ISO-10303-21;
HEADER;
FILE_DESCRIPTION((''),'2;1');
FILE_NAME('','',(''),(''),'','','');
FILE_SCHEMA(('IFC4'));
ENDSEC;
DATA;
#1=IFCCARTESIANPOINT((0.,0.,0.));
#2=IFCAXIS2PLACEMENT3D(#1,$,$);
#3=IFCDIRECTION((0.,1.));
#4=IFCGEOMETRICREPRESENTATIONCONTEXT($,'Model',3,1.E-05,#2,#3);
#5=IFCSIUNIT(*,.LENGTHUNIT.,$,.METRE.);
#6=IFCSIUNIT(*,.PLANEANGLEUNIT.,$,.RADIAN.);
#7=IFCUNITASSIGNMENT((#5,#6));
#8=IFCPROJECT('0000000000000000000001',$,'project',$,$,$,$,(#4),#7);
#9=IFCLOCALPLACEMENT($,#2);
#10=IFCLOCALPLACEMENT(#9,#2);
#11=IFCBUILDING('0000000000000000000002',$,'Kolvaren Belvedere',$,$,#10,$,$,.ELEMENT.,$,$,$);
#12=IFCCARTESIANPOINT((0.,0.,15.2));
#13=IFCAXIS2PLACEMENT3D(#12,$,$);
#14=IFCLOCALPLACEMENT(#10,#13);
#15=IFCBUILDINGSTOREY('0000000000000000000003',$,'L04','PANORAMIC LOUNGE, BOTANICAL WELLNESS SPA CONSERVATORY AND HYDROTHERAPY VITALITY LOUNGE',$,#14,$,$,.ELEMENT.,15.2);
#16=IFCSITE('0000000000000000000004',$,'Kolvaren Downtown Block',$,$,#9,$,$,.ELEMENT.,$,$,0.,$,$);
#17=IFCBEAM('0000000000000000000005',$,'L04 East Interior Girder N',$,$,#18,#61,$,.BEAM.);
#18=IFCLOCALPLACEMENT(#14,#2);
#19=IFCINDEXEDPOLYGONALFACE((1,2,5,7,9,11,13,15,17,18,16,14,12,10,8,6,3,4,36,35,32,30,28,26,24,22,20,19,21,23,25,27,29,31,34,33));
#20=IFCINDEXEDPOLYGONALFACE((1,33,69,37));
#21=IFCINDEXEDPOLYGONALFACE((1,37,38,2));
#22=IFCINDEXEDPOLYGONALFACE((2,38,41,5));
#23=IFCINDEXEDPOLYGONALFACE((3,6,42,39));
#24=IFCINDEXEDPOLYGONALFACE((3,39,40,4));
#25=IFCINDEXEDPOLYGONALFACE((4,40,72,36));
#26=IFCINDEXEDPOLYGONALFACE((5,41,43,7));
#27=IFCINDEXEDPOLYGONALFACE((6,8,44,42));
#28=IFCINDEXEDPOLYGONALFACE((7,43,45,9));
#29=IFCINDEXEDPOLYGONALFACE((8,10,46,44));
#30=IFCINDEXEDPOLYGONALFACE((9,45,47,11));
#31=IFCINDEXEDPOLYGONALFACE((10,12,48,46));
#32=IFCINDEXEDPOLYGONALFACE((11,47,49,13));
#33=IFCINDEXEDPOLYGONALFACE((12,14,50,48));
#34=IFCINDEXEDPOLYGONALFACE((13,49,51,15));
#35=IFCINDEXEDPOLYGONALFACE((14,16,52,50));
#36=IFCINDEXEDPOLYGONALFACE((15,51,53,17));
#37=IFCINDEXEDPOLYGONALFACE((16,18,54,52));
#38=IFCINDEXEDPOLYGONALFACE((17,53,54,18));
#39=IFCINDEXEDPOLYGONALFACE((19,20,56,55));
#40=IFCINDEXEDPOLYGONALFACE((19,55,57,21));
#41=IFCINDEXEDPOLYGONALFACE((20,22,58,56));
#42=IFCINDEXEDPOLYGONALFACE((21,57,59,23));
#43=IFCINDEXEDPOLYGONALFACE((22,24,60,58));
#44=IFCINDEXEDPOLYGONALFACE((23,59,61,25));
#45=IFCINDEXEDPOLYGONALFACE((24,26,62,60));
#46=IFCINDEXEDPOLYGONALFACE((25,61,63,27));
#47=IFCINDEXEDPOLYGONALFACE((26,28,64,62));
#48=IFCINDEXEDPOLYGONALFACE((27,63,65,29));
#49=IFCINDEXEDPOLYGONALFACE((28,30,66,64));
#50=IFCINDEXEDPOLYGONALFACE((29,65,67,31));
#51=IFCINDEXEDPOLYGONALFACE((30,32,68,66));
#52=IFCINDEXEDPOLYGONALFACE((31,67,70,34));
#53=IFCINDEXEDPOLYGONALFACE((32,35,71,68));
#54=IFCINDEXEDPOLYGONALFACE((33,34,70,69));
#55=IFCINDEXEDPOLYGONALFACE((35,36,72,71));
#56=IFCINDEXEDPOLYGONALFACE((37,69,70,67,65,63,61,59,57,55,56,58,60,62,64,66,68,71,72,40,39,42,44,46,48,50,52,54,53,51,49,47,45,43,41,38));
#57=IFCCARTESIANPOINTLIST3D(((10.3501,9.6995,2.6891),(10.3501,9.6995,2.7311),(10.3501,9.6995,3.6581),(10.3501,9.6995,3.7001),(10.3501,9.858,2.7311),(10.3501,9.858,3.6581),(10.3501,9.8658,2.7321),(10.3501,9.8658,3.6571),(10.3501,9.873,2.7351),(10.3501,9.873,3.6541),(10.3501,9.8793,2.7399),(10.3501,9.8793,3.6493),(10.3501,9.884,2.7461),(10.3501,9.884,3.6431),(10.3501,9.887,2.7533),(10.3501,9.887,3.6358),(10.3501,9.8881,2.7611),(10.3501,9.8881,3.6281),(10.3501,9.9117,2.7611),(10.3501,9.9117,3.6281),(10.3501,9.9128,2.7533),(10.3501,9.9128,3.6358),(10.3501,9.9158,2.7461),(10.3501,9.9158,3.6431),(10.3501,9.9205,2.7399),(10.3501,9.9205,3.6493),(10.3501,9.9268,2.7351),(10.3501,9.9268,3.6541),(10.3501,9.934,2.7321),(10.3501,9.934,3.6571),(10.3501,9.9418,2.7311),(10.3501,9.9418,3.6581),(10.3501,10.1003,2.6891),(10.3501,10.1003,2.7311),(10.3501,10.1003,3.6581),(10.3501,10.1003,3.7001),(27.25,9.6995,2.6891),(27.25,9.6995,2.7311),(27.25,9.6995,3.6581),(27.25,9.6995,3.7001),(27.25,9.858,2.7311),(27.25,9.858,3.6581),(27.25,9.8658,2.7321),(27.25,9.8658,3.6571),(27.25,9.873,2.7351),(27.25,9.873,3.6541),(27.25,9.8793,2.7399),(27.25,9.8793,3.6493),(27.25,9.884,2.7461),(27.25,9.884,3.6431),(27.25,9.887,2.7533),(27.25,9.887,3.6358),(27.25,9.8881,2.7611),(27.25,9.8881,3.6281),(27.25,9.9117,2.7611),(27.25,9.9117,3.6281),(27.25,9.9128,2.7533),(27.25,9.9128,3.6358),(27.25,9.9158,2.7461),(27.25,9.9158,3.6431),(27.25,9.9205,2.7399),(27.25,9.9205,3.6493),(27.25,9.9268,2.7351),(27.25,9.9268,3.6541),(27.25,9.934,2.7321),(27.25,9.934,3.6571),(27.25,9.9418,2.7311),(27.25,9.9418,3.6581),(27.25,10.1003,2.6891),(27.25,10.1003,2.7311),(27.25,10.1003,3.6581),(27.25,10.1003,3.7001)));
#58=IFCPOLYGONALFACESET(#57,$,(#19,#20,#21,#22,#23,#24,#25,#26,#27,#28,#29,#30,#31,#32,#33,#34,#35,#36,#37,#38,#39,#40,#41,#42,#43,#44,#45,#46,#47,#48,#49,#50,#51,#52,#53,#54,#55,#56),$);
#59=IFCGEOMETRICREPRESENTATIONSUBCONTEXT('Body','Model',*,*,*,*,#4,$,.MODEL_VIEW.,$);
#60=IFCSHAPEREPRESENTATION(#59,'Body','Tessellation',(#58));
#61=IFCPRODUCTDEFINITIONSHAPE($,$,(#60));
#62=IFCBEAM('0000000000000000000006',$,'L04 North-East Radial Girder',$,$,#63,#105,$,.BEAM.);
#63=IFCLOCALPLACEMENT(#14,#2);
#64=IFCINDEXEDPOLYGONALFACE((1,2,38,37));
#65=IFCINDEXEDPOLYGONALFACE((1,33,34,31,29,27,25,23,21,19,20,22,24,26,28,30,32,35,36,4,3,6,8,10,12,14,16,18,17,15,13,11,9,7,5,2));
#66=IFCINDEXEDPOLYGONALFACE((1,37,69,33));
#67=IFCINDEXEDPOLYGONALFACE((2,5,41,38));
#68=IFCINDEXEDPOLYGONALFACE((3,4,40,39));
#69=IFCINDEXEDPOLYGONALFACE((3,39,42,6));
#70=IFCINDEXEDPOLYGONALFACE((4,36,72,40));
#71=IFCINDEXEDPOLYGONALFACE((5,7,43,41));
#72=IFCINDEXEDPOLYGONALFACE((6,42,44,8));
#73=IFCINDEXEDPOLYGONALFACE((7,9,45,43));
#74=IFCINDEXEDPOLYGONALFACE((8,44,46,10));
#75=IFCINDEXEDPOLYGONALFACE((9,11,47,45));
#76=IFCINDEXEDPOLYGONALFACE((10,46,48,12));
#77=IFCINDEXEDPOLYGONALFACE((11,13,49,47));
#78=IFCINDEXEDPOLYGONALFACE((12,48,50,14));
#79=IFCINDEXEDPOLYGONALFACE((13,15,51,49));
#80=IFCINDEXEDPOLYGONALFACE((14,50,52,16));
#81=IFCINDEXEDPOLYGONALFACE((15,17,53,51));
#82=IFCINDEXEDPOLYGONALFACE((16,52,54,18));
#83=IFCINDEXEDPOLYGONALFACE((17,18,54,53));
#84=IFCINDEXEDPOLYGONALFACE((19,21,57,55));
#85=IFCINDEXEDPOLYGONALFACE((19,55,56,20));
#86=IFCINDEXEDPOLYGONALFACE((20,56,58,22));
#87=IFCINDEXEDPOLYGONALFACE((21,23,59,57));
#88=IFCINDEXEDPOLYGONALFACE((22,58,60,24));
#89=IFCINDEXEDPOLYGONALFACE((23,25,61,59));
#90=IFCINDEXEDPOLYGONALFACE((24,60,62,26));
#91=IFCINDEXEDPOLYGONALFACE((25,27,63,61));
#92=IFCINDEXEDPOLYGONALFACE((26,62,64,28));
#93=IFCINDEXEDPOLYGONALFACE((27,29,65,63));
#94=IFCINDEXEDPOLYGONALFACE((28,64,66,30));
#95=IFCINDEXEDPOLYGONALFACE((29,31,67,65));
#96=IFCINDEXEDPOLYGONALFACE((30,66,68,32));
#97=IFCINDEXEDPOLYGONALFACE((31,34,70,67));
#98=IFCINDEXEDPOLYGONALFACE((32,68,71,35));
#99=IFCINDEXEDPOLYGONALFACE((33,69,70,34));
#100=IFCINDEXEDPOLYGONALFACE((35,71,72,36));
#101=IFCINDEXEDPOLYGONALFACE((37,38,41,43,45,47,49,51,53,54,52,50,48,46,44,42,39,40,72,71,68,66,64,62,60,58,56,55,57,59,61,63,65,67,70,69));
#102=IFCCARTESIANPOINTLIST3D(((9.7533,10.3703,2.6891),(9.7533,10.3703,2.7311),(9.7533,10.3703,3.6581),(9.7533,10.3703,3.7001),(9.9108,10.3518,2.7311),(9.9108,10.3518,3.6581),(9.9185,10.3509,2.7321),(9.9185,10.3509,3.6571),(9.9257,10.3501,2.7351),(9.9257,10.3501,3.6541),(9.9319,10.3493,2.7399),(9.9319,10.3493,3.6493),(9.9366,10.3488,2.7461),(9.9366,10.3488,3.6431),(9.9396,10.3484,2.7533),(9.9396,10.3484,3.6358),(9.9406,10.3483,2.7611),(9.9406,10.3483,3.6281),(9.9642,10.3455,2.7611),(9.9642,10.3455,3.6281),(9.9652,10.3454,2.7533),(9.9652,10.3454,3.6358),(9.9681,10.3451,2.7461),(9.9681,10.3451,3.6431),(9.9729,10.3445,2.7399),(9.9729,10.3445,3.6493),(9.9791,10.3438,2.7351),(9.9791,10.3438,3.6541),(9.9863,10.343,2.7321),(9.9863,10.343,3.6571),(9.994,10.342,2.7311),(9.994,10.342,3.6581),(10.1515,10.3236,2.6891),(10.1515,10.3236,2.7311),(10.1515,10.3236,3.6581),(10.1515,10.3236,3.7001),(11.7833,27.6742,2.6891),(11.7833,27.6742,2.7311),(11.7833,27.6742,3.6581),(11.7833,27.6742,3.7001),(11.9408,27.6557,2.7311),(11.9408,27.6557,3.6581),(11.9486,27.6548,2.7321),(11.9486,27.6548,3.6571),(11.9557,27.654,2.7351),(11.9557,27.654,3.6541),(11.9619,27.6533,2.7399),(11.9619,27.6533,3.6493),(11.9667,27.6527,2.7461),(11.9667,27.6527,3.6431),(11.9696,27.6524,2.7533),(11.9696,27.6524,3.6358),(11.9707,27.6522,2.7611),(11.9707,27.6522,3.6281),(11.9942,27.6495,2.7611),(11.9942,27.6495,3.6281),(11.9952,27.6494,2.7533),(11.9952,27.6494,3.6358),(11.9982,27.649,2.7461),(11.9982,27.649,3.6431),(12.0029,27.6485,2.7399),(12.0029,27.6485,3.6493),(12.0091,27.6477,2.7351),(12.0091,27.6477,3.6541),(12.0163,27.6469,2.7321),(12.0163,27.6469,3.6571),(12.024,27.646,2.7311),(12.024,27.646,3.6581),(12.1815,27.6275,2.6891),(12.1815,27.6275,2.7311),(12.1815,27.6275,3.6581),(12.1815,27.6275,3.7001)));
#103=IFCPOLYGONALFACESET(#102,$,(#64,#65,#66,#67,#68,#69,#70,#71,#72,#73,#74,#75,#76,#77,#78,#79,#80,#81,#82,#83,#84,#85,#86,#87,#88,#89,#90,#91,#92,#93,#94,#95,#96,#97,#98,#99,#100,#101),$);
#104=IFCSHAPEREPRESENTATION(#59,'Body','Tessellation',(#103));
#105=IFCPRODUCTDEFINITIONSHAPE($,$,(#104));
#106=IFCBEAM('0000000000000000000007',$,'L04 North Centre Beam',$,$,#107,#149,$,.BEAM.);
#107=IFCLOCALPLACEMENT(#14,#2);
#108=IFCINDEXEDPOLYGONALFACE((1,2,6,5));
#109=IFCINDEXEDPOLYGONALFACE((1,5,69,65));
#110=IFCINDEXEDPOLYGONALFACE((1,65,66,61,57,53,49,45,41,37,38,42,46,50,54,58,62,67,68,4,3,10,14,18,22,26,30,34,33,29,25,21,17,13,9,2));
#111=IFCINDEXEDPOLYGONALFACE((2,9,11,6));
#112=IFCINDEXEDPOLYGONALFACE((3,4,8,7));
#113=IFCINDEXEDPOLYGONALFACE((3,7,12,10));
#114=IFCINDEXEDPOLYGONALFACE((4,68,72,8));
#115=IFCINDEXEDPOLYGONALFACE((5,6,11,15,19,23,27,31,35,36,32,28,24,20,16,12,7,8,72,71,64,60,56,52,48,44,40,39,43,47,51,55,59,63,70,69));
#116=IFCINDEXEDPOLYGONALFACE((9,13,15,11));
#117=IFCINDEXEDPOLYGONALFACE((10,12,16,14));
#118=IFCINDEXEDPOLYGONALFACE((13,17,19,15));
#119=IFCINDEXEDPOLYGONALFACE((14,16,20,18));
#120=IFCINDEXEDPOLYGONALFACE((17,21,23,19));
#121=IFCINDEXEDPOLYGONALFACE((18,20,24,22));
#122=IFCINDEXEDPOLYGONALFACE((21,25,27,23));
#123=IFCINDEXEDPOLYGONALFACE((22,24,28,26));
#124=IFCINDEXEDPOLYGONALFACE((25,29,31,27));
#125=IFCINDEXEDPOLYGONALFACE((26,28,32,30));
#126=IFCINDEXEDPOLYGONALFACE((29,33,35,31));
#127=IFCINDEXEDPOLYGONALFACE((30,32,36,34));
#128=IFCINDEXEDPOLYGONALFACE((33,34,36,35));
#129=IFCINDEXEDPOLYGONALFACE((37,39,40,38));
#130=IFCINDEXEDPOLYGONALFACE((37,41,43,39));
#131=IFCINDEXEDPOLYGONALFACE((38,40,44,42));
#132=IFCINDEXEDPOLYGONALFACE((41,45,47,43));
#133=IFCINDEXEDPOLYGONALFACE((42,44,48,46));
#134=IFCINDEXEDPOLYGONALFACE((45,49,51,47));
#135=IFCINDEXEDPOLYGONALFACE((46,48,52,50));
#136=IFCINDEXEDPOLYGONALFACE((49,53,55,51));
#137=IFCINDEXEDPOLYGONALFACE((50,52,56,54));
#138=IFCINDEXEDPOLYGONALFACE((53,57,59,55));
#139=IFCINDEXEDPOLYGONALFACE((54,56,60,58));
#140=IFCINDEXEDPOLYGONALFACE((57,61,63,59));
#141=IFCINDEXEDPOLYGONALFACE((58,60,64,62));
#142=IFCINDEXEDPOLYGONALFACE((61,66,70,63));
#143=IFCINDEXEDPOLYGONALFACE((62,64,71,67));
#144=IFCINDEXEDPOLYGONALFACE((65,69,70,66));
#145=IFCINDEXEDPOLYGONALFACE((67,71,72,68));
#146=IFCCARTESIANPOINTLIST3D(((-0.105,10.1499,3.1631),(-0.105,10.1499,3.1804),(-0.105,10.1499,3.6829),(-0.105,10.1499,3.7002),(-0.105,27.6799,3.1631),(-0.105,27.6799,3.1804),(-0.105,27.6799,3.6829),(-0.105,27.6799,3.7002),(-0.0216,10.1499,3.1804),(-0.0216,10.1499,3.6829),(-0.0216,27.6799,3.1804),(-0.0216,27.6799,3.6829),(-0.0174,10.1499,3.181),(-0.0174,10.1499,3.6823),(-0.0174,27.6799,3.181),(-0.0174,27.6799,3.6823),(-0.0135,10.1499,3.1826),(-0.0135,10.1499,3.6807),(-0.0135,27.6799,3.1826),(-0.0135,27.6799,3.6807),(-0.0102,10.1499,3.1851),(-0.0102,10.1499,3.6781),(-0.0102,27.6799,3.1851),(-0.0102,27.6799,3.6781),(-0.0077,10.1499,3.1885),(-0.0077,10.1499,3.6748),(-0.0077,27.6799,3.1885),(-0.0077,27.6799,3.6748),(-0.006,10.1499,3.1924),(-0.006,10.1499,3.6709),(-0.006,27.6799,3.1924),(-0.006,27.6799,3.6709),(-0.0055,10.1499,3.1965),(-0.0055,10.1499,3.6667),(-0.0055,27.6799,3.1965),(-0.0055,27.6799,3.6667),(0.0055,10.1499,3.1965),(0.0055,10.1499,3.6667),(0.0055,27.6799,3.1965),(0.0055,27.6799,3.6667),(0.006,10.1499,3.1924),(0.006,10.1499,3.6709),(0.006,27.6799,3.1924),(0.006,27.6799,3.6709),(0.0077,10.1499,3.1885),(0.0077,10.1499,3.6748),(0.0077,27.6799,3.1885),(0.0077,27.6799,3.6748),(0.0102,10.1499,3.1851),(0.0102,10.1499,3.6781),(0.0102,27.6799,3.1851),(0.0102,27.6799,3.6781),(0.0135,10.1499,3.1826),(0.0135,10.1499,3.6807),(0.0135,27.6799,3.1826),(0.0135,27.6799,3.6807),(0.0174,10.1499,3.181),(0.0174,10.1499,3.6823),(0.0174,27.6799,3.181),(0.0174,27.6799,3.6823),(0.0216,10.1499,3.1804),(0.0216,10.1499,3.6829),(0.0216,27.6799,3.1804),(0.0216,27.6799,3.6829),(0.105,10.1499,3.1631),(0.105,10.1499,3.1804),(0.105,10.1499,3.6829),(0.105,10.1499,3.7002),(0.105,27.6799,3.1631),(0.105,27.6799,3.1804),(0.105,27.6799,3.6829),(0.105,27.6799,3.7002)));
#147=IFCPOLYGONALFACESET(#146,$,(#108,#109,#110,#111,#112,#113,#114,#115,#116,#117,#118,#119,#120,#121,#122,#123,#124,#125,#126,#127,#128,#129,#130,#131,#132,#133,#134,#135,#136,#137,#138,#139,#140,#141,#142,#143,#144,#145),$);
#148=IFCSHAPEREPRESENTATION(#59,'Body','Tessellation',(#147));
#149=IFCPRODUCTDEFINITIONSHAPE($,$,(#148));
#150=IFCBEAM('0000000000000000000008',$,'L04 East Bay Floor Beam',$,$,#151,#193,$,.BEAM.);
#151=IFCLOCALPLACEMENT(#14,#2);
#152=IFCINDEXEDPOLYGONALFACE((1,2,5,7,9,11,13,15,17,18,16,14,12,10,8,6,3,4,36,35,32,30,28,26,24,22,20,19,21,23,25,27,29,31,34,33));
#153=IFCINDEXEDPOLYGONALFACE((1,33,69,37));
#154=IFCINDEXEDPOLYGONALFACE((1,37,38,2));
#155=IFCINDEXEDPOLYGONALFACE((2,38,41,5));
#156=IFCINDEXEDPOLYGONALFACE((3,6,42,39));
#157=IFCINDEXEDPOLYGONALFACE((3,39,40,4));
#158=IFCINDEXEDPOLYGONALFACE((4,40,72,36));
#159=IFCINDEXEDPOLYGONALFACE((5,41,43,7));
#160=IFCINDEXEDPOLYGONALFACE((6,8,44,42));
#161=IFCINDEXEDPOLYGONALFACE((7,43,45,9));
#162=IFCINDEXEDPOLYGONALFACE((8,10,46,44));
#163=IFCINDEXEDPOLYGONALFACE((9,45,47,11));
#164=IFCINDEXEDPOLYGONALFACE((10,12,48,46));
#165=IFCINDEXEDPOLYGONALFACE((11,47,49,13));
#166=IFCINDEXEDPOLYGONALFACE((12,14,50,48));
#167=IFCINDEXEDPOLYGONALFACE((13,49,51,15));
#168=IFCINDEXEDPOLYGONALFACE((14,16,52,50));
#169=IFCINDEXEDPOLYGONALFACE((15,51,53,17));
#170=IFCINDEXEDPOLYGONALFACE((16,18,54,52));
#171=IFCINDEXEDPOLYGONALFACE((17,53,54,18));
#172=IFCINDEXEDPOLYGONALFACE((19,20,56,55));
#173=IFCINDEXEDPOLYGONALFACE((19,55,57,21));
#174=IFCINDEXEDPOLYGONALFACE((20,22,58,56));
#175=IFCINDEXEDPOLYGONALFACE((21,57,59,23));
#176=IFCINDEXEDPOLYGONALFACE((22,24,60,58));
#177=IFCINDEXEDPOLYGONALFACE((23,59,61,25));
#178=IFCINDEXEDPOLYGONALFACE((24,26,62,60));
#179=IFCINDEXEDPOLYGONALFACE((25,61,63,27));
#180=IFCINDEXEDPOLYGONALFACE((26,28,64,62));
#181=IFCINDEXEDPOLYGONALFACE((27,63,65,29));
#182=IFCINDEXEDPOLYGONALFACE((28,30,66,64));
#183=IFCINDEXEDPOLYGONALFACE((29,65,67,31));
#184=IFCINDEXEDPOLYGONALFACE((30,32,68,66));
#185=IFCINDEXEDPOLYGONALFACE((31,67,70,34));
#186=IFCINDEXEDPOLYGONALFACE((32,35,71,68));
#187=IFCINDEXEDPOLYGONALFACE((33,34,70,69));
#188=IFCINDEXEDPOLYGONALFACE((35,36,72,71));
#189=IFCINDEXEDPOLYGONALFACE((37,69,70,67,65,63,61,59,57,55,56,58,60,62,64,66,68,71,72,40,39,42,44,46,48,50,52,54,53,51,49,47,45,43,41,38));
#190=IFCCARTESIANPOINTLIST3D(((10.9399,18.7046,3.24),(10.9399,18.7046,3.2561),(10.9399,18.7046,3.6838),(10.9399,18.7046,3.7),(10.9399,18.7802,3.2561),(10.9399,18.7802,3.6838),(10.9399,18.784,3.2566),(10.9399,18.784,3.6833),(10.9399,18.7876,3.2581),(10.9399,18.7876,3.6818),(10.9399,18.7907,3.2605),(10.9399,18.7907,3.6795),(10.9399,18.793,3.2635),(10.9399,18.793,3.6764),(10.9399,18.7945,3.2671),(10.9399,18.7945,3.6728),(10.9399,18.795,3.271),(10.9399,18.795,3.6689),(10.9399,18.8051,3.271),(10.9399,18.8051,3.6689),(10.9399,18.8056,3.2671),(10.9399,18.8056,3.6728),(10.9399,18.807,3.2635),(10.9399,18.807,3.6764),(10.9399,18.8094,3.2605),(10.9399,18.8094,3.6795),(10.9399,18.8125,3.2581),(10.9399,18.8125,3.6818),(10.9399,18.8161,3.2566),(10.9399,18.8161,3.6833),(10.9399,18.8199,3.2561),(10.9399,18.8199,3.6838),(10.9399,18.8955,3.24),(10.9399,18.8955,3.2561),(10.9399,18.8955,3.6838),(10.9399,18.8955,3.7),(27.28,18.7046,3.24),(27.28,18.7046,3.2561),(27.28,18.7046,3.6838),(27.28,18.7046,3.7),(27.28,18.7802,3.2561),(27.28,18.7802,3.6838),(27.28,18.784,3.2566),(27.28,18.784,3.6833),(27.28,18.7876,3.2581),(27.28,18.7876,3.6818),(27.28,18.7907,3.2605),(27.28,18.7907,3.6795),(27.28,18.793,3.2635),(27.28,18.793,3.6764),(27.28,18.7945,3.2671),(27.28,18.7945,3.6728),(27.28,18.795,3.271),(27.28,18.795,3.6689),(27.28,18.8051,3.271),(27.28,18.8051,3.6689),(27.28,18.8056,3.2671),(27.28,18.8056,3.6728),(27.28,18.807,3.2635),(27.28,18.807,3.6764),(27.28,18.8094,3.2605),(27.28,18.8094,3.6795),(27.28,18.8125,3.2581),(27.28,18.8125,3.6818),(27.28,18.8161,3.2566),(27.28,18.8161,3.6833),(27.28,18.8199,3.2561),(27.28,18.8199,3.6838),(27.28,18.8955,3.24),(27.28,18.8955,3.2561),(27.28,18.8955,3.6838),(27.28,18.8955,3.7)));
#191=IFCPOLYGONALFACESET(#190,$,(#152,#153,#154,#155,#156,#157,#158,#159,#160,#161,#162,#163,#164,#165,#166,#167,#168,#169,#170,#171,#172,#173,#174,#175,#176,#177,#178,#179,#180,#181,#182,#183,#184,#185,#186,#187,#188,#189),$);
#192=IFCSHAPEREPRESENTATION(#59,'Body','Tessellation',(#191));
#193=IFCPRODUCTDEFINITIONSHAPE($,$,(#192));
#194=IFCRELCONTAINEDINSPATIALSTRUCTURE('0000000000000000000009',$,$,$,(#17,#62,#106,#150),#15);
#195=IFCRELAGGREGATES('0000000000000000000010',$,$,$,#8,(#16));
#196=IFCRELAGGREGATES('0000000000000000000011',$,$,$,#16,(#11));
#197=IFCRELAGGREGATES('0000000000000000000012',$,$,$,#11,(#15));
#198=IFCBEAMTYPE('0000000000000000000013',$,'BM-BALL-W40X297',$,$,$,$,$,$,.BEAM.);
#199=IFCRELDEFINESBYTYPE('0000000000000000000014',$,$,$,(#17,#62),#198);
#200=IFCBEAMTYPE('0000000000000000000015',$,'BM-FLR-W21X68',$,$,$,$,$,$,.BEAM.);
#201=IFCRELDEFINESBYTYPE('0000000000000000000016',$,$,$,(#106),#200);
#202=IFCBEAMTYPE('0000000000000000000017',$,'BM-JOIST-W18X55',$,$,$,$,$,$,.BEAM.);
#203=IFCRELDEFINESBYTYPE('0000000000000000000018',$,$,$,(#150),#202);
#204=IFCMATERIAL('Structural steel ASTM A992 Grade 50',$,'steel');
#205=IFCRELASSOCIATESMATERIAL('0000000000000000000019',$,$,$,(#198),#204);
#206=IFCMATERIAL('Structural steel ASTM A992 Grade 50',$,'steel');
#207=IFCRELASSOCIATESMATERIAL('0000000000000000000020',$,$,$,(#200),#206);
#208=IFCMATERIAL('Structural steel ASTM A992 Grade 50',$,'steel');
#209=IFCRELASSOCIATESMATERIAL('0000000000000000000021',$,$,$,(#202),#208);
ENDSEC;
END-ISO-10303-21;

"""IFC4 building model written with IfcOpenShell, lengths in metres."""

from ifc_helpers import new_model, si_unit, direction, frame, origin, origin_2d, place, context, subcontext, project, spatial, i_section, extrude, material, material_profile, profile_set, type_object, element, save


model = new_model("IFC4")

# Units and contexts
model_context = context("Model", 3, precision=1e-05, world=origin(), true_north=direction((0.0, 1.0)))
body_context = subcontext(model_context, "Body", "Model", "MODEL_VIEW")
ifc_project = project(units=[si_unit("LENGTHUNIT", "METRE"), si_unit("PLANEANGLEUNIT", "RADIAN")], contexts=[model_context])

# Site, building, storey
site_placement = place(None, origin())
site = spatial("IfcSite", under=ifc_project, at=site_placement, Name="Kolvaren Downtown Block", CompositionType="ELEMENT", RefElevation=0.0)
building_placement = place(site_placement, origin())
building = spatial("IfcBuilding", under=site, at=building_placement, Name="Kolvaren Belvedere", CompositionType="ELEMENT")
storey_placement = place(building_placement, frame((0.0, 0.0, 15.2)))
storey = spatial("IfcBuildingStorey", under=building, at=storey_placement, Name="L04", Description="PANORAMIC LOUNGE, BOTANICAL WELLNESS SPA CONSERVATORY AND HYDROTHERAPY VITALITY LOUNGE", CompositionType="ELEMENT", Elevation=15.2)

# Beams
ifc_material_1 = material(Name="Structural steel ASTM A992 Grade 50", Category="steel")
ifc_material_profile_1 = material_profile(ifc_material_1, i_section(OverallWidth=0.4009, OverallDepth=1.011, WebThickness=0.0237, FlangeThickness=0.042, FilletRadius=0.03, at=origin_2d()), Name="W40X297")
ifc_profile_set_1 = profile_set([ifc_material_profile_1], Name="Structural steel ASTM A992 Grade 50")
beam_type_1 = type_object("IfcBeamType", Name="BM-BALL-W40X297", PredefinedType="BEAM", material=ifc_profile_set_1)
beam_1_placement = place(storey_placement, frame((10.3501, 9.8999, 3.1946), z_axis=(1.0, 0.0, 0.0), x_axis=(0.0, 1.0, 0.0)))
element("IfcBeam", 1, at=beam_1_placement, inside=storey, type_object=beam_type_1, Name="L04 East Interior Girder N", PredefinedType="BEAM", context=body_context, shape_type="SweptSolid", body=[
    extrude(i_section(OverallWidth=0.4009, OverallDepth=1.011, WebThickness=0.0237, FlangeThickness=0.042, FilletRadius=0.03, at=origin_2d()), origin(), (0.0, 0.0, 1.0), 16.8999),
])
beam_2_placement = place(storey_placement, frame((9.9524, 10.3469, 3.1946), z_axis=(0.116517, 0.993189, 0.0), x_axis=(-0.993189, 0.116517, 0.0)))
element("IfcBeam", 2, at=beam_2_placement, inside=storey, type_object=beam_type_1, Name="L04 North-East Radial Girder", PredefinedType="BEAM", context=body_context, shape_type="SweptSolid", body=[
    extrude(i_section(OverallWidth=0.4009, OverallDepth=1.011, WebThickness=0.0237, FlangeThickness=0.042, FilletRadius=0.03, at=origin_2d()), origin(), (0.0, 0.0, 1.0), 17.4226),
])
ifc_material_2 = material(Name="Structural steel ASTM A992 Grade 50", Category="steel")
ifc_material_profile_2 = material_profile(ifc_material_2, i_section(OverallWidth=0.21, OverallDepth=0.5371, WebThickness=0.011, FlangeThickness=0.0173, FilletRadius=0.0161, at=origin_2d()), Name="W21X68")
ifc_profile_set_2 = profile_set([ifc_material_profile_2], Name="Structural steel ASTM A992 Grade 50")
beam_type_2 = type_object("IfcBeamType", Name="BM-FLR-W21X68", PredefinedType="BEAM", material=ifc_profile_set_2)
beam_3_placement = place(storey_placement, frame((0.0, 10.1499, 3.4316), z_axis=(0.0, 1.0, 0.0), x_axis=(-1.0, 0.0, 0.0)))
element("IfcBeam", 3, at=beam_3_placement, inside=storey, type_object=beam_type_2, Name="L04 North Centre Beam", PredefinedType="BEAM", context=body_context, shape_type="SweptSolid", body=[
    extrude(i_section(OverallWidth=0.21, OverallDepth=0.5371, WebThickness=0.011, FlangeThickness=0.0173, FilletRadius=0.0161, at=origin_2d()), origin(), (0.0, 0.0, 1.0), 17.53),
])
ifc_material_3 = material(Name="Structural steel ASTM A992 Grade 50", Category="steel")
ifc_material_profile_3 = material_profile(ifc_material_3, i_section(OverallWidth=0.1909, OverallDepth=0.46, WebThickness=0.01, FlangeThickness=0.0161, FilletRadius=0.0149, at=origin_2d()), Name="W18X55")
ifc_profile_set_3 = profile_set([ifc_material_profile_3], Name="Structural steel ASTM A992 Grade 50")
beam_type_3 = type_object("IfcBeamType", Name="BM-JOIST-W18X55", PredefinedType="BEAM", material=ifc_profile_set_3)
beam_4_placement = place(storey_placement, frame((10.9399, 18.8, 3.47), z_axis=(1.0, 0.0, 0.0), x_axis=(0.0, 1.0, 0.0)))
element("IfcBeam", 4, at=beam_4_placement, inside=storey, type_object=beam_type_3, Name="L04 East Bay Floor Beam", PredefinedType="BEAM", context=body_context, shape_type="SweptSolid", body=[
    extrude(i_section(OverallWidth=0.1909, OverallDepth=0.46, WebThickness=0.01, FlangeThickness=0.0161, FilletRadius=0.0149, at=origin_2d()), origin(), (0.0, 0.0, 1.0), 16.3401),
])

save(model, "model.ifc")
